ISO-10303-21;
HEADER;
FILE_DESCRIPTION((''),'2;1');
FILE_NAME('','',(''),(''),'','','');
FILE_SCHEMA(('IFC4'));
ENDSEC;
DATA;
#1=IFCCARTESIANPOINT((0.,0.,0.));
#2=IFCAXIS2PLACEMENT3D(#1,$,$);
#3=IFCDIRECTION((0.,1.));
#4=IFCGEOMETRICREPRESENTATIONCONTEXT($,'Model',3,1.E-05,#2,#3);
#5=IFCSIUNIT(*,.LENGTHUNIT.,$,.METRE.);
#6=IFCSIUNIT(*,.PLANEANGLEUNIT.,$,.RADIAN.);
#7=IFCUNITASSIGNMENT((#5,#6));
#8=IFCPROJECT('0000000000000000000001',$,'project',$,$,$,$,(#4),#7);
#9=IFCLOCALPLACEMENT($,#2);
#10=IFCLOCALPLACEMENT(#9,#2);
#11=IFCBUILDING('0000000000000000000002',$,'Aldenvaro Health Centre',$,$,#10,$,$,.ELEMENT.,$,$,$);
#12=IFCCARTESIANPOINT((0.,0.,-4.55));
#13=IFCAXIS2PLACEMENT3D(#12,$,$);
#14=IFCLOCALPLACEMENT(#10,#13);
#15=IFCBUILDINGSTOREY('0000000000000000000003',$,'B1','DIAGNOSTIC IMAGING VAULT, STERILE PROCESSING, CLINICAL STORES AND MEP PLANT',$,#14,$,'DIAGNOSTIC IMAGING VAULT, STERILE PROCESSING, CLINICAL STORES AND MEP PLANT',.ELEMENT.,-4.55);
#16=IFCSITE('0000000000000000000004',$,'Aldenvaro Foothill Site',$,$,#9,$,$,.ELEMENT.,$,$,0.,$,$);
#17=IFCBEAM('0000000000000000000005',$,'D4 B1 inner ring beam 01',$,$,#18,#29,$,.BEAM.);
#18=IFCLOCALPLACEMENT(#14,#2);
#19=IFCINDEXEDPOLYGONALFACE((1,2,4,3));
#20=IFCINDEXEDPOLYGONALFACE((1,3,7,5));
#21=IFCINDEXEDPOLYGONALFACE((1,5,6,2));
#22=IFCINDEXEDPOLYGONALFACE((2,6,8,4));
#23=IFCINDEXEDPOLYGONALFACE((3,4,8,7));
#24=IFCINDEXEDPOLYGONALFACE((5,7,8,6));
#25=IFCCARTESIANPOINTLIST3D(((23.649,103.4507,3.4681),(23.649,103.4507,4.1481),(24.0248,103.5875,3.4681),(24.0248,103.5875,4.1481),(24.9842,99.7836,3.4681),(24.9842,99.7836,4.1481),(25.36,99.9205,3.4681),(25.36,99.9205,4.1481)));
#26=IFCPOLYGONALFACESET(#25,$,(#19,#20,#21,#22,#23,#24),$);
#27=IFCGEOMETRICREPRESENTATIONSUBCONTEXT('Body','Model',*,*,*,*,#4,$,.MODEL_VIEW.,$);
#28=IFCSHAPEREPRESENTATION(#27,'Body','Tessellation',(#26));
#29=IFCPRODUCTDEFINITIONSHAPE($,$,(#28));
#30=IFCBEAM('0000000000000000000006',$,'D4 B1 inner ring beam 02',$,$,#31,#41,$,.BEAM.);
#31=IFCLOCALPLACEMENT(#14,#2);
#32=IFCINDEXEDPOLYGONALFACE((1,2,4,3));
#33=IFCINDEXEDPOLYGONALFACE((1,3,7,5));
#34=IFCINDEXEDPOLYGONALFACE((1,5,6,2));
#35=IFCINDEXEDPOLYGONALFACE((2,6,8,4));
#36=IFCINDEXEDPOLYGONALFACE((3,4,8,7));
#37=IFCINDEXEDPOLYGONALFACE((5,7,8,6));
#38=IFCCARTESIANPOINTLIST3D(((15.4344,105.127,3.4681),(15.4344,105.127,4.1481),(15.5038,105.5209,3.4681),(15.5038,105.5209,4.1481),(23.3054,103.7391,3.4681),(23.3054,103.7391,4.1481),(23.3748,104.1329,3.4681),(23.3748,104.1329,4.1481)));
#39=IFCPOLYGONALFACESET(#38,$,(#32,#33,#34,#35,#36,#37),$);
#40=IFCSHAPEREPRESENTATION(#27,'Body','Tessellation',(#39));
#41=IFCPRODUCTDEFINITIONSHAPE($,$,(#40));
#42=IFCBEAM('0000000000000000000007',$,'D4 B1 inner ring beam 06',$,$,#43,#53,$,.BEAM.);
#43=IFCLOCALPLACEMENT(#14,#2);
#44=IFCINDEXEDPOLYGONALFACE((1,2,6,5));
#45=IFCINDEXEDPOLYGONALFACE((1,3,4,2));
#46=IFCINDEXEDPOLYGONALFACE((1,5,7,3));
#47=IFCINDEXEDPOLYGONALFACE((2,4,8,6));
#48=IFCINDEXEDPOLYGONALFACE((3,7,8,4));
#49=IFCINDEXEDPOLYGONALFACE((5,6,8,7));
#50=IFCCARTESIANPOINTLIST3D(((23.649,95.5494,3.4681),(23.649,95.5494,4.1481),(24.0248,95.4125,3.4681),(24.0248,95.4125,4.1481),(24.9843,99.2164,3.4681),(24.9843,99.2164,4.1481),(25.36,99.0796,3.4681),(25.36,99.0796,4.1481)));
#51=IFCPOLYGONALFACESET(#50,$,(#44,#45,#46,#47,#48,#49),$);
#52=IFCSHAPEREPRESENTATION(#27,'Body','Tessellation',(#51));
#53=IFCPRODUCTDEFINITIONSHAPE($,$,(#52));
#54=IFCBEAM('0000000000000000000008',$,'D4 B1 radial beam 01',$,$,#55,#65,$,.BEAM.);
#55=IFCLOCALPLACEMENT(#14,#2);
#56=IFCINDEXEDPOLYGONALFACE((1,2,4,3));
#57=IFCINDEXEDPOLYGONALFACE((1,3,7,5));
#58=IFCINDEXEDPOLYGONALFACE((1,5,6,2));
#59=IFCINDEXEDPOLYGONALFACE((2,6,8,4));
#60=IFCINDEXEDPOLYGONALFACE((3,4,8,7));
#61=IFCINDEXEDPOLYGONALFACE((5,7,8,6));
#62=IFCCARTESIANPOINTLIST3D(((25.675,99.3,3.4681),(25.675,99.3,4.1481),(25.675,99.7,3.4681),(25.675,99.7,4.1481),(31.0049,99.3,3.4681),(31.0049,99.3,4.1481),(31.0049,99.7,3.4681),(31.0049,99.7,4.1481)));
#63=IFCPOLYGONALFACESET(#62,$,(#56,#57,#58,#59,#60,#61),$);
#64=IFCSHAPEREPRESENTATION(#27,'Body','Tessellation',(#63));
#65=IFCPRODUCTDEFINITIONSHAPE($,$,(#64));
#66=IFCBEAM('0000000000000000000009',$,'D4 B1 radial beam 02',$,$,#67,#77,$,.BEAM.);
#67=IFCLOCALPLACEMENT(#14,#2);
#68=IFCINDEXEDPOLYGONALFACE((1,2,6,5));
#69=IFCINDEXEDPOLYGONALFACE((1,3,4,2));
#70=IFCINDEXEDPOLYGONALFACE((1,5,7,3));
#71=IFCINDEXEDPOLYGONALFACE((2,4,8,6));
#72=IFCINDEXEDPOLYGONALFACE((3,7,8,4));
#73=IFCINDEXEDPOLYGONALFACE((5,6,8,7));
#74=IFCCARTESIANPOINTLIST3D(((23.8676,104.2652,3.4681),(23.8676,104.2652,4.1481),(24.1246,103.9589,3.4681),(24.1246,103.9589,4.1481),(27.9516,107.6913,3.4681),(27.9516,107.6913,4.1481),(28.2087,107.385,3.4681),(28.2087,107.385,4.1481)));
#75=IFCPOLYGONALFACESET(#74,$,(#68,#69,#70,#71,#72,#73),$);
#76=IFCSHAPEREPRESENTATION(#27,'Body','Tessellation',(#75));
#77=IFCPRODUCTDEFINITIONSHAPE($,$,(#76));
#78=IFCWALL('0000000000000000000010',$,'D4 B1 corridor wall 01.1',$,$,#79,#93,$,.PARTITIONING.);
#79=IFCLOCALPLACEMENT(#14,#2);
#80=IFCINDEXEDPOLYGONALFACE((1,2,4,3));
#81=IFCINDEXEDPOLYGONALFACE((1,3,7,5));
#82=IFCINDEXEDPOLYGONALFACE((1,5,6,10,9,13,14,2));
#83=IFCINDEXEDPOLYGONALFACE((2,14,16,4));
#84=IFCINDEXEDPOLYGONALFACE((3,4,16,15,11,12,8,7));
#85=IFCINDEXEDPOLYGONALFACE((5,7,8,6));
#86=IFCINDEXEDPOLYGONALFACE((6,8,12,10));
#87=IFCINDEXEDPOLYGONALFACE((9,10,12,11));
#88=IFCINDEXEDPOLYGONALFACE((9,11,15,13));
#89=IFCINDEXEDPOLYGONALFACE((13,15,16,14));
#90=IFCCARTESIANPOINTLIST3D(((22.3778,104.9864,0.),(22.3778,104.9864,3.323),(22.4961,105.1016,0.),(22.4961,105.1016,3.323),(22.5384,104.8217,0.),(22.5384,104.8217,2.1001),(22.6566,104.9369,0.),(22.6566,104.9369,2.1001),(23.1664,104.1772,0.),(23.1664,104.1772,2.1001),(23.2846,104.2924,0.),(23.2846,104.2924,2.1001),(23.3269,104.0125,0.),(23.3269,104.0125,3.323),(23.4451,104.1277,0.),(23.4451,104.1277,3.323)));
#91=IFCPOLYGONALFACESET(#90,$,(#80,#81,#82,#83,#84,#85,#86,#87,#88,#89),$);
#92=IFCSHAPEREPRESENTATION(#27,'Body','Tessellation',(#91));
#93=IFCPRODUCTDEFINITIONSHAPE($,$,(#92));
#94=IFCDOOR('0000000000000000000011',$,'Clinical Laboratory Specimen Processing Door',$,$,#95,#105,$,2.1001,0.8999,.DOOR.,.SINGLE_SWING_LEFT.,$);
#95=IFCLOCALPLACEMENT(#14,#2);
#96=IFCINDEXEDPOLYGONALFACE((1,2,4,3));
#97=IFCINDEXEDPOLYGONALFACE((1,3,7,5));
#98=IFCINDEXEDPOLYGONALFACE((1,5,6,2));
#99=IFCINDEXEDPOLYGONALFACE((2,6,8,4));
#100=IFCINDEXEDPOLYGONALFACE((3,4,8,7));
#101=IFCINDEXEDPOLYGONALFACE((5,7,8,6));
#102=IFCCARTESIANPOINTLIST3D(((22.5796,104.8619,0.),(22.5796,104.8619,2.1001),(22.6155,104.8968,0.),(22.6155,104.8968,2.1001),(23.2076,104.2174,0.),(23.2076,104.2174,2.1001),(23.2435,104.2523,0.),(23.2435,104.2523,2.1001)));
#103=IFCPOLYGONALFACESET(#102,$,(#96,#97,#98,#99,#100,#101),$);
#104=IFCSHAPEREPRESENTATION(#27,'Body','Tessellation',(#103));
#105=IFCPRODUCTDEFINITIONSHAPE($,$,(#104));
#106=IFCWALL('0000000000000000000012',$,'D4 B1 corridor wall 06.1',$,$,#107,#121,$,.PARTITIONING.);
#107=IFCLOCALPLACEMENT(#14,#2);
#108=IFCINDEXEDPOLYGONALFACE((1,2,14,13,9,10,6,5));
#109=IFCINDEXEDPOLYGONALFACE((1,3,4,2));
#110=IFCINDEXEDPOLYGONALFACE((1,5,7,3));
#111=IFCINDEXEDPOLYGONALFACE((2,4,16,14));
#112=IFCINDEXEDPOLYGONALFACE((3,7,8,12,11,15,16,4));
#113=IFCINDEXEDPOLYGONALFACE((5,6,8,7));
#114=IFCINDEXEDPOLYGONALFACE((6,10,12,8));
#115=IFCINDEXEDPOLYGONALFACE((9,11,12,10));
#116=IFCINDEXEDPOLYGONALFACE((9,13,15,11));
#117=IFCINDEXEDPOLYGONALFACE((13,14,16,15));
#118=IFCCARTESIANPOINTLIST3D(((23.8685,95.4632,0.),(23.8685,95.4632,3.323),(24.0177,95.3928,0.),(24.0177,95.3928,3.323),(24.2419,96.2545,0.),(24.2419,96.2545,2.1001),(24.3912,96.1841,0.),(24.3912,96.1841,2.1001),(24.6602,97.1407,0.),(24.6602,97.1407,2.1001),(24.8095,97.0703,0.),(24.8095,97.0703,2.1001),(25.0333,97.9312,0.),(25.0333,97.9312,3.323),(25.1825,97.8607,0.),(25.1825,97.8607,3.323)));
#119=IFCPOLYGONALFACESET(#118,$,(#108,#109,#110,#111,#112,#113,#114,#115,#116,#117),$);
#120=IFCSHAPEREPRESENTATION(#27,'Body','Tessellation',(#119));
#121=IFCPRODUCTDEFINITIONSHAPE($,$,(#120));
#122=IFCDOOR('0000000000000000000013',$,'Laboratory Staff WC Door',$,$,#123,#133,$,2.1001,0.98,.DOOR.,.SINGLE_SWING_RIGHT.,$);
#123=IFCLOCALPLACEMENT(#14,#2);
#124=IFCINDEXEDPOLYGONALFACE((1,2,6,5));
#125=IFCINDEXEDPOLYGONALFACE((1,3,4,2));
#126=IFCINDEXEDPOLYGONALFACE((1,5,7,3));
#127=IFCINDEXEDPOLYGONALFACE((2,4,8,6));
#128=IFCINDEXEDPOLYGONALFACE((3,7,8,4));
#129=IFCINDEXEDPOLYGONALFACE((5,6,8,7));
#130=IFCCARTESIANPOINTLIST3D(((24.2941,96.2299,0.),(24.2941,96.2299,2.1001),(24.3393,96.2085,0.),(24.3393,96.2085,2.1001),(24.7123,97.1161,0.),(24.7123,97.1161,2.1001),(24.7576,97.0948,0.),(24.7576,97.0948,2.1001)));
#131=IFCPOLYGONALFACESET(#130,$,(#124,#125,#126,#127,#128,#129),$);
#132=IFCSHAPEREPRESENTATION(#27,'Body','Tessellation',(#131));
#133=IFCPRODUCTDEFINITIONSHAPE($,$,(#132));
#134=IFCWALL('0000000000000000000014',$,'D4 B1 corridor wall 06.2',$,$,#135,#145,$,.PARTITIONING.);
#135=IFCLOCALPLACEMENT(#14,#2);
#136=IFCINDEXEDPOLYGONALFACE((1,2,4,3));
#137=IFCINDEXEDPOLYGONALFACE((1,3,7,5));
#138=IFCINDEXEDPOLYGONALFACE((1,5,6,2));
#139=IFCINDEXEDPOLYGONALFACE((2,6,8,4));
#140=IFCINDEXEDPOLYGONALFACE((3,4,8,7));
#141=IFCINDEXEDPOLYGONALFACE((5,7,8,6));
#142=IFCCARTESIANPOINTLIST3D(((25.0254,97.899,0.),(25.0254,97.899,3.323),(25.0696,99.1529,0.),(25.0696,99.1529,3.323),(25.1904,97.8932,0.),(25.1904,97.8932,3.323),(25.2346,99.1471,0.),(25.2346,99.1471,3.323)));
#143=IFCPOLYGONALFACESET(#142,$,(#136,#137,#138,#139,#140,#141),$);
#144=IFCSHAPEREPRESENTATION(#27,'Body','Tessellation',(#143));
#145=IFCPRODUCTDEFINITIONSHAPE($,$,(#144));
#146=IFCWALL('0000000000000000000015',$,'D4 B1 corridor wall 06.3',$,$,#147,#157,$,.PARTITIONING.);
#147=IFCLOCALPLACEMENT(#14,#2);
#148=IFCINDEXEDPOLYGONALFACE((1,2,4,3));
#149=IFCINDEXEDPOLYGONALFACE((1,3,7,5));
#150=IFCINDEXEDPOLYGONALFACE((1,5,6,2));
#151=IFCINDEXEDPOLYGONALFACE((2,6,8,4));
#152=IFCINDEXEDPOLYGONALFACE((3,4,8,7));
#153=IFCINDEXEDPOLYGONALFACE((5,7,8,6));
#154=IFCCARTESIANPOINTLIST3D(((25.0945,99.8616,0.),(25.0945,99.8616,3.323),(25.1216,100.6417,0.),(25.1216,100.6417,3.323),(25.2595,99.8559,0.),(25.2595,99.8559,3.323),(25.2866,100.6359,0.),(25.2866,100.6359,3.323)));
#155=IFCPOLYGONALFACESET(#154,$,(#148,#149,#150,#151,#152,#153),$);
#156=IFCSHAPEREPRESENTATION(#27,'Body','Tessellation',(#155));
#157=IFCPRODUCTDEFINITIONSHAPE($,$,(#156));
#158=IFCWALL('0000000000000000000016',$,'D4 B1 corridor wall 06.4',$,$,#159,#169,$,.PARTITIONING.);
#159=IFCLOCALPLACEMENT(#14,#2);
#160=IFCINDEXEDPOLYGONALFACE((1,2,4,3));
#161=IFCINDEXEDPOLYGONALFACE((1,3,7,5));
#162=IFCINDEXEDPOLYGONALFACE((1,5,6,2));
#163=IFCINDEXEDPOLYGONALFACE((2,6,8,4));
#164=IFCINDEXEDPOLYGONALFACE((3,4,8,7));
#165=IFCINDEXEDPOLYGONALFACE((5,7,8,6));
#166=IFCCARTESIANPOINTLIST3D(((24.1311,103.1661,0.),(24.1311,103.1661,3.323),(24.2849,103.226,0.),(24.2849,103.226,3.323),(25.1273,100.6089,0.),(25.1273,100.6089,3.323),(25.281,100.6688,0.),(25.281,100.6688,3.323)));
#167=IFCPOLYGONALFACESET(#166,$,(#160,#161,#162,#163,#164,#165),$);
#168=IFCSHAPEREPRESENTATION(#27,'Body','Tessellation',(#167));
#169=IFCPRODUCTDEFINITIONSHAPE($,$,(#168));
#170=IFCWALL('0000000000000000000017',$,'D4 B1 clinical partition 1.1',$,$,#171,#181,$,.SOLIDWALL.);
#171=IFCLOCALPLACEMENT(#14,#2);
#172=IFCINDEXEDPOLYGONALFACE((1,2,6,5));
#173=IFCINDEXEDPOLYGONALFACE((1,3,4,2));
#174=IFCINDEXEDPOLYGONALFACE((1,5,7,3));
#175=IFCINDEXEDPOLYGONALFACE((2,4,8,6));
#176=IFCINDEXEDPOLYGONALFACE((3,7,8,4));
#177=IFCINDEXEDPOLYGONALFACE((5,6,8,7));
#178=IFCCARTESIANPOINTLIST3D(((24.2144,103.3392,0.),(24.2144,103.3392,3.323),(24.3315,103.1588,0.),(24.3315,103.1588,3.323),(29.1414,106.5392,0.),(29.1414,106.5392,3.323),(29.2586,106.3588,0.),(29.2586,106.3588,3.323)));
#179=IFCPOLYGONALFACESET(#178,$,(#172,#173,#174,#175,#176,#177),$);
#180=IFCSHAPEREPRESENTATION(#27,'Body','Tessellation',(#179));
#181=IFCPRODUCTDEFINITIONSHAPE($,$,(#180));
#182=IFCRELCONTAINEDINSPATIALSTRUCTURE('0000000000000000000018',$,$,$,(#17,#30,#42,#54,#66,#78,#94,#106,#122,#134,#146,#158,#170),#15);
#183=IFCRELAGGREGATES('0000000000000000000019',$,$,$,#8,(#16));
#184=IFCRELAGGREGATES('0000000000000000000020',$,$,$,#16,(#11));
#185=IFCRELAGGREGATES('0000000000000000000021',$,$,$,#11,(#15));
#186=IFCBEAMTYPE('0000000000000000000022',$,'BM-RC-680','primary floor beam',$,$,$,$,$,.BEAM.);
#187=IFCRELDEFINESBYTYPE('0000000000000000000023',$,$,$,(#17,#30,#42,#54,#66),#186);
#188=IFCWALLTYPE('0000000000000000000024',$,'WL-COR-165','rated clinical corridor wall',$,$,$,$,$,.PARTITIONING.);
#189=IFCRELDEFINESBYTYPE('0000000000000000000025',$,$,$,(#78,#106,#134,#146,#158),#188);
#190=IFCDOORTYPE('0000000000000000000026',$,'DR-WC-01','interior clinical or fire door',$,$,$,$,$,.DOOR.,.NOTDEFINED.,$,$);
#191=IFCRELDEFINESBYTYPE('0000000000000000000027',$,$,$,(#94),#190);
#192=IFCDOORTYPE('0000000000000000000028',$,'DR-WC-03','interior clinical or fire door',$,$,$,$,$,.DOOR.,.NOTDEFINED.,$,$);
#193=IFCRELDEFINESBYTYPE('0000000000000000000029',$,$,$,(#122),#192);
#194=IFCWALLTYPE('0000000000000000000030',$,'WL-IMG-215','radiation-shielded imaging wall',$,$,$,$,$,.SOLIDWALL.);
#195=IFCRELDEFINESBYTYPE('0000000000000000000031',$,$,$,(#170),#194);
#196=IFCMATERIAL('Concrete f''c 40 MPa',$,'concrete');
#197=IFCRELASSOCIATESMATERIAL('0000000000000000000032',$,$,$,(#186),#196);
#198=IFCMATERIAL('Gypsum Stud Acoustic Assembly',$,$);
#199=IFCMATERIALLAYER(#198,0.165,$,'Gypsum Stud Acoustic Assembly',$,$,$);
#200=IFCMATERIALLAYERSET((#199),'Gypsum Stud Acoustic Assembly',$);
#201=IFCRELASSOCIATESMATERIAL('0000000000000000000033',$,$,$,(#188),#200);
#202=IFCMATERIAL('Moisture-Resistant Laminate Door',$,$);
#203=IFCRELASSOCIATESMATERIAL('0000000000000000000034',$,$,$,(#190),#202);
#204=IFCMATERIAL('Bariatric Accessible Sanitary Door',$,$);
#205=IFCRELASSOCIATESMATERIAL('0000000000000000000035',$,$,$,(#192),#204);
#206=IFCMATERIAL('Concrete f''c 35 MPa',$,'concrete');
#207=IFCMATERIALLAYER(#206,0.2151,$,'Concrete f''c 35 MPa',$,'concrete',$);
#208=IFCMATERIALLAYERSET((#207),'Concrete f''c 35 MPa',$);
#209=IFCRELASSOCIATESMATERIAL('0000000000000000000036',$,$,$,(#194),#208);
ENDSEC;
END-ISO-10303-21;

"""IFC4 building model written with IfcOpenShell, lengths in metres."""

from ifc_helpers import new_model, si_unit, direction, frame, frame_2d, origin, origin_2d, place, context, subcontext, project, spatial, rectangle, extrude, material, layer, layer_set, material_profile, profile_set, type_object, element, fill, save


model = new_model("IFC4")

# Units and contexts
model_context = context("Model", 3, precision=1e-05, world=origin(), true_north=direction((0.0, 1.0)))
body_context = subcontext(model_context, "Body", "Model", "MODEL_VIEW")
ifc_project = project(units=[si_unit("LENGTHUNIT", "METRE"), si_unit("PLANEANGLEUNIT", "RADIAN")], contexts=[model_context])

# Site, building, storey
site_placement = place(None, origin())
site = spatial("IfcSite", under=ifc_project, at=site_placement, Name="Aldenvaro Foothill Site", CompositionType="ELEMENT", RefElevation=0.0)
building_placement = place(site_placement, origin())
building = spatial("IfcBuilding", under=site, at=building_placement, Name="Aldenvaro Health Centre", CompositionType="ELEMENT")
storey_placement = place(building_placement, frame((0.0, 0.0, -4.55)))
storey = spatial("IfcBuildingStorey", under=building, at=storey_placement, Name="B1", Description="DIAGNOSTIC IMAGING VAULT, STERILE PROCESSING, CLINICAL STORES AND MEP PLANT", LongName="DIAGNOSTIC IMAGING VAULT, STERILE PROCESSING, CLINICAL STORES AND MEP PLANT", CompositionType="ELEMENT", Elevation=-4.55)

# Shared definitions
ifc_material_1 = material(Name="Concrete f'c 40 MPa", Category="concrete")

# Beams
ifc_material_profile_1 = material_profile(ifc_material_1, rectangle(XDim=0.3999, YDim=0.6799, at=origin_2d()), Name="RC 400x680", Category="concrete")
ifc_profile_set_1 = profile_set([ifc_material_profile_1], Name="Concrete f'c 40 MPa")
beam_type_1 = type_object("IfcBeamType", Name="BM-RC-680", Description="primary floor beam", PredefinedType="BEAM", material=ifc_profile_set_1)
beam_1_placement = place(storey_placement, frame((25.1721, 99.8521, 3.8081), z_axis=(-0.34214, 0.939649, 0.0), x_axis=(-0.939649, -0.34214, 0.0)))
element("IfcBeam", 1, at=beam_1_placement, inside=storey, type_object=beam_type_1, Name="D4 B1 inner ring beam 01", PredefinedType="BEAM", context=body_context, shape_type="SweptSolid", body=[
    extrude(rectangle(XDim=0.3999, YDim=0.6799, at=origin_2d()), origin(), (0.0, 0.0, 1.0), 3.9026),
])
beam_2_placement = place(storey_placement, frame((23.3401, 103.936, 3.8081), z_axis=(-0.984807, 0.173655, 0.0), x_axis=(-0.173655, -0.984807, 0.0)))
element("IfcBeam", 2, at=beam_2_placement, inside=storey, type_object=beam_type_1, Name="D4 B1 inner ring beam 02", PredefinedType="BEAM", context=body_context, shape_type="SweptSolid", body=[
    extrude(rectangle(XDim=0.3999, YDim=0.6799, at=origin_2d()), origin(), (0.0, 0.0, 1.0), 7.9924),
])
beam_3_placement = place(storey_placement, frame((23.8369, 95.481, 3.8081), z_axis=(0.34214, 0.939649, 0.0), x_axis=(-0.939649, 0.34214, 0.0)))
element("IfcBeam", 3, at=beam_3_placement, inside=storey, type_object=beam_type_1, Name="D4 B1 inner ring beam 06", PredefinedType="BEAM", context=body_context, shape_type="SweptSolid", body=[
    extrude(rectangle(XDim=0.3999, YDim=0.6799, at=origin_2d()), origin(), (0.0, 0.0, 1.0), 3.9026),
])
beam_4_placement = place(storey_placement, frame((25.675, 99.5, 3.8081), z_axis=(1.0, 0.0, 0.0), x_axis=(0.0, 1.0, 0.0)))
element("IfcBeam", 4, at=beam_4_placement, inside=storey, type_object=beam_type_1, Name="D4 B1 radial beam 01", PredefinedType="BEAM", context=body_context, shape_type="SweptSolid", body=[
    extrude(rectangle(XDim=0.3999, YDim=0.6799, at=origin_2d()), origin(), (0.0, 0.0, 1.0), 5.3298),
])
beam_5_placement = place(storey_placement, frame((23.9961, 104.1121, 3.8081), z_axis=(0.766122, 0.642695, 0.0), x_axis=(-0.642695, 0.766122, 0.0)))
element("IfcBeam", 5, at=beam_5_placement, inside=storey, type_object=beam_type_1, Name="D4 B1 radial beam 02", PredefinedType="BEAM", context=body_context, shape_type="SweptSolid", body=[
    extrude(rectangle(XDim=0.3999, YDim=0.6799, at=origin_2d()), origin(), (0.0, 0.0, 1.0), 5.3308),
])

# Walls, openings, doors
ifc_material_2 = material(Name="Gypsum Stud Acoustic Assembly")
ifc_layer_1 = layer(ifc_material_2, 0.165, Name="Gypsum Stud Acoustic Assembly")
ifc_layer_set_1 = layer_set([ifc_layer_1], Name="Gypsum Stud Acoustic Assembly")
wall_type_1 = type_object("IfcWallType", Name="WL-COR-165", Description="rated clinical corridor wall", PredefinedType="PARTITIONING", material=ifc_layer_set_1)
wall_1_placement = place(storey_placement, frame((23.386, 104.0701, 0.0), z_axis=(0.0, 0.0, 1.0), x_axis=(-0.697891, 0.716204, 0.0)))
wall_1 = element("IfcWall", 6, at=wall_1_placement, inside=storey, type_object=wall_type_1, Name="D4 B1 corridor wall 01.1", PredefinedType="PARTITIONING", context=body_context, shape_type="SweptSolid", body=[
    extrude(rectangle(XDim=1.3599, YDim=0.165, at=frame_2d((0.6799, 0.0))), origin(), (0.0, 0.0, 1.0), 3.323),
])
opening_1_placement = place(wall_1_placement, frame((0.23, 0.0, 0.0)))
opening_1 = element("IfcOpeningElement", 7, at=opening_1_placement, cuts=wall_1, PredefinedType="OPENING", context=body_context, shape_type="SweptSolid", body=[
    extrude(rectangle(XDim=0.8999, YDim=2.1001, at=frame_2d((0.45, 1.05))), frame((0.0, 0.0925, 0.0), z_axis=(0.0, -1.0, 0.0), x_axis=(1.0, 0.0, 0.0)), (0.0, 0.0, 1.0), 0.1851),
])
ifc_material_3 = material(Name="Moisture-Resistant Laminate Door")
door_type_1 = type_object("IfcDoorType", Name="DR-WC-01", Description="interior clinical or fire door", OperationType="NOTDEFINED", PredefinedType="DOOR", material=ifc_material_3)
door_1_placement = place(opening_1_placement, origin())
door_1 = element("IfcDoor", 8, at=door_1_placement, inside=storey, type_object=door_type_1, Name="Clinical Laboratory Specimen Processing Door", OperationType="SINGLE_SWING_LEFT", OverallHeight=2.1001, OverallWidth=0.8999, PredefinedType="DOOR", context=body_context, shape_type="SweptSolid", body=[
    extrude(rectangle(XDim=0.8999, YDim=2.1001, at=frame_2d((0.45, 1.05))), frame((0.0, 0.0249, 0.0), z_axis=(0.0, -1.0, 0.0), x_axis=(1.0, 0.0, 0.0)), (0.0, 0.0, 1.0), 0.05),
])
fill(opening_1, door_1)
wall_2_placement = place(storey_placement, frame((23.9431, 95.428, 0.0), z_axis=(0.0, 0.0, 1.0), x_axis=(0.426809, 0.904342, 0.0)))
wall_2 = element("IfcWall", 9, at=wall_2_placement, inside=storey, type_object=wall_type_1, Name="D4 B1 corridor wall 06.1", PredefinedType="PARTITIONING", context=body_context, shape_type="SweptSolid", body=[
    extrude(rectangle(XDim=2.729, YDim=0.165, at=frame_2d((1.3645, 0.0))), origin(), (0.0, 0.0, 1.0), 3.323),
])
opening_2_placement = place(wall_2_placement, frame((0.875, 0.0, 0.0)))
opening_2 = element("IfcOpeningElement", 10, at=opening_2_placement, cuts=wall_2, PredefinedType="OPENING", context=body_context, shape_type="SweptSolid", body=[
    extrude(rectangle(XDim=0.98, YDim=2.1001, at=frame_2d((0.49, 1.05))), frame((0.0, 0.0925, 0.0), z_axis=(0.0, -1.0, 0.0), x_axis=(1.0, 0.0, 0.0)), (0.0, 0.0, 1.0), 0.1851),
])
ifc_material_4 = material(Name="Bariatric Accessible Sanitary Door")
door_type_2 = type_object("IfcDoorType", Name="DR-WC-03", Description="interior clinical or fire door", OperationType="NOTDEFINED", PredefinedType="DOOR", material=ifc_material_4)
door_2_placement = place(opening_2_placement, origin())
door_2 = element("IfcDoor", 11, at=door_2_placement, inside=storey, type_object=door_type_2, Name="Laboratory Staff WC Door", OperationType="SINGLE_SWING_RIGHT", OverallHeight=2.1001, OverallWidth=0.98, PredefinedType="DOOR", context=body_context, shape_type="SweptSolid", body=[
    extrude(rectangle(XDim=0.98, YDim=2.1001, at=frame_2d((0.49, 1.05))), frame((0.0, 0.0249, 0.0), z_axis=(0.0, -1.0, 0.0), x_axis=(1.0, 0.0, 0.0)), (0.0, 0.0, 1.0), 0.05),
])
fill(opening_2, door_2)

# Walls
wall_3_placement = place(storey_placement, frame((25.1079, 97.896, 0.0), z_axis=(0.0, 0.0, 1.0), x_axis=(0.03522, 0.99938, 0.0)))
element("IfcWall", 12, at=wall_3_placement, inside=storey, type_object=wall_type_1, Name="D4 B1 corridor wall 06.2", PredefinedType="PARTITIONING", context=body_context, shape_type="SweptSolid", body=[
    extrude(rectangle(XDim=1.2546, YDim=0.165, at=frame_2d((0.6274, 0.0))), origin(), (0.0, 0.0, 1.0), 3.323),
])
wall_4_placement = place(storey_placement, frame((25.177, 99.8589, 0.0), z_axis=(0.0, 0.0, 1.0), x_axis=(0.034721, 0.999397, 0.0)))
element("IfcWall", 13, at=wall_4_placement, inside=storey, type_object=wall_type_1, Name="D4 B1 corridor wall 06.3", PredefinedType="PARTITIONING", context=body_context, shape_type="SweptSolid", body=[
    extrude(rectangle(XDim=0.7805, YDim=0.165, at=frame_2d((0.3901, 0.0))), origin(), (0.0, 0.0, 1.0), 3.323),
])
wall_5_placement = place(storey_placement, frame((25.2041, 100.6389, 0.0), z_axis=(0.0, 0.0, 1.0), x_axis=(-0.36297, 0.931801, 0.0)))
element("IfcWall", 14, at=wall_5_placement, inside=storey, type_object=wall_type_1, Name="D4 B1 corridor wall 06.4", PredefinedType="PARTITIONING", context=body_context, shape_type="SweptSolid", body=[
    extrude(rectangle(XDim=2.7444, YDim=0.165, at=frame_2d((1.3721, 0.0))), origin(), (0.0, 0.0, 1.0), 3.323),
])
ifc_material_5 = material(Name="Concrete f'c 35 MPa", Category="concrete")
ifc_layer_2 = layer(ifc_material_5, 0.2151, Name="Concrete f'c 35 MPa", Category="concrete")
ifc_layer_set_2 = layer_set([ifc_layer_2], Name="Concrete f'c 35 MPa")
wall_type_2 = type_object("IfcWallType", Name="WL-IMG-215", Description="radiation-shielded imaging wall", PredefinedType="SOLIDWALL", material=ifc_layer_set_2)
wall_6_placement = place(storey_placement, frame((24.2729, 103.249, 0.0), z_axis=(0.0, 0.0, 1.0), x_axis=(0.838646, 0.544677, 0.0)))
element("IfcWall", 15, at=wall_6_placement, inside=storey, type_object=wall_type_2, Name="D4 B1 clinical partition 1.1", PredefinedType="SOLIDWALL", context=body_context, shape_type="SweptSolid", body=[
    extrude(rectangle(XDim=5.875, YDim=0.2151, at=frame_2d((2.9375, 0.0))), origin(), (0.0, 0.0, 1.0), 3.323),
])

save(model, "model.ifc")
